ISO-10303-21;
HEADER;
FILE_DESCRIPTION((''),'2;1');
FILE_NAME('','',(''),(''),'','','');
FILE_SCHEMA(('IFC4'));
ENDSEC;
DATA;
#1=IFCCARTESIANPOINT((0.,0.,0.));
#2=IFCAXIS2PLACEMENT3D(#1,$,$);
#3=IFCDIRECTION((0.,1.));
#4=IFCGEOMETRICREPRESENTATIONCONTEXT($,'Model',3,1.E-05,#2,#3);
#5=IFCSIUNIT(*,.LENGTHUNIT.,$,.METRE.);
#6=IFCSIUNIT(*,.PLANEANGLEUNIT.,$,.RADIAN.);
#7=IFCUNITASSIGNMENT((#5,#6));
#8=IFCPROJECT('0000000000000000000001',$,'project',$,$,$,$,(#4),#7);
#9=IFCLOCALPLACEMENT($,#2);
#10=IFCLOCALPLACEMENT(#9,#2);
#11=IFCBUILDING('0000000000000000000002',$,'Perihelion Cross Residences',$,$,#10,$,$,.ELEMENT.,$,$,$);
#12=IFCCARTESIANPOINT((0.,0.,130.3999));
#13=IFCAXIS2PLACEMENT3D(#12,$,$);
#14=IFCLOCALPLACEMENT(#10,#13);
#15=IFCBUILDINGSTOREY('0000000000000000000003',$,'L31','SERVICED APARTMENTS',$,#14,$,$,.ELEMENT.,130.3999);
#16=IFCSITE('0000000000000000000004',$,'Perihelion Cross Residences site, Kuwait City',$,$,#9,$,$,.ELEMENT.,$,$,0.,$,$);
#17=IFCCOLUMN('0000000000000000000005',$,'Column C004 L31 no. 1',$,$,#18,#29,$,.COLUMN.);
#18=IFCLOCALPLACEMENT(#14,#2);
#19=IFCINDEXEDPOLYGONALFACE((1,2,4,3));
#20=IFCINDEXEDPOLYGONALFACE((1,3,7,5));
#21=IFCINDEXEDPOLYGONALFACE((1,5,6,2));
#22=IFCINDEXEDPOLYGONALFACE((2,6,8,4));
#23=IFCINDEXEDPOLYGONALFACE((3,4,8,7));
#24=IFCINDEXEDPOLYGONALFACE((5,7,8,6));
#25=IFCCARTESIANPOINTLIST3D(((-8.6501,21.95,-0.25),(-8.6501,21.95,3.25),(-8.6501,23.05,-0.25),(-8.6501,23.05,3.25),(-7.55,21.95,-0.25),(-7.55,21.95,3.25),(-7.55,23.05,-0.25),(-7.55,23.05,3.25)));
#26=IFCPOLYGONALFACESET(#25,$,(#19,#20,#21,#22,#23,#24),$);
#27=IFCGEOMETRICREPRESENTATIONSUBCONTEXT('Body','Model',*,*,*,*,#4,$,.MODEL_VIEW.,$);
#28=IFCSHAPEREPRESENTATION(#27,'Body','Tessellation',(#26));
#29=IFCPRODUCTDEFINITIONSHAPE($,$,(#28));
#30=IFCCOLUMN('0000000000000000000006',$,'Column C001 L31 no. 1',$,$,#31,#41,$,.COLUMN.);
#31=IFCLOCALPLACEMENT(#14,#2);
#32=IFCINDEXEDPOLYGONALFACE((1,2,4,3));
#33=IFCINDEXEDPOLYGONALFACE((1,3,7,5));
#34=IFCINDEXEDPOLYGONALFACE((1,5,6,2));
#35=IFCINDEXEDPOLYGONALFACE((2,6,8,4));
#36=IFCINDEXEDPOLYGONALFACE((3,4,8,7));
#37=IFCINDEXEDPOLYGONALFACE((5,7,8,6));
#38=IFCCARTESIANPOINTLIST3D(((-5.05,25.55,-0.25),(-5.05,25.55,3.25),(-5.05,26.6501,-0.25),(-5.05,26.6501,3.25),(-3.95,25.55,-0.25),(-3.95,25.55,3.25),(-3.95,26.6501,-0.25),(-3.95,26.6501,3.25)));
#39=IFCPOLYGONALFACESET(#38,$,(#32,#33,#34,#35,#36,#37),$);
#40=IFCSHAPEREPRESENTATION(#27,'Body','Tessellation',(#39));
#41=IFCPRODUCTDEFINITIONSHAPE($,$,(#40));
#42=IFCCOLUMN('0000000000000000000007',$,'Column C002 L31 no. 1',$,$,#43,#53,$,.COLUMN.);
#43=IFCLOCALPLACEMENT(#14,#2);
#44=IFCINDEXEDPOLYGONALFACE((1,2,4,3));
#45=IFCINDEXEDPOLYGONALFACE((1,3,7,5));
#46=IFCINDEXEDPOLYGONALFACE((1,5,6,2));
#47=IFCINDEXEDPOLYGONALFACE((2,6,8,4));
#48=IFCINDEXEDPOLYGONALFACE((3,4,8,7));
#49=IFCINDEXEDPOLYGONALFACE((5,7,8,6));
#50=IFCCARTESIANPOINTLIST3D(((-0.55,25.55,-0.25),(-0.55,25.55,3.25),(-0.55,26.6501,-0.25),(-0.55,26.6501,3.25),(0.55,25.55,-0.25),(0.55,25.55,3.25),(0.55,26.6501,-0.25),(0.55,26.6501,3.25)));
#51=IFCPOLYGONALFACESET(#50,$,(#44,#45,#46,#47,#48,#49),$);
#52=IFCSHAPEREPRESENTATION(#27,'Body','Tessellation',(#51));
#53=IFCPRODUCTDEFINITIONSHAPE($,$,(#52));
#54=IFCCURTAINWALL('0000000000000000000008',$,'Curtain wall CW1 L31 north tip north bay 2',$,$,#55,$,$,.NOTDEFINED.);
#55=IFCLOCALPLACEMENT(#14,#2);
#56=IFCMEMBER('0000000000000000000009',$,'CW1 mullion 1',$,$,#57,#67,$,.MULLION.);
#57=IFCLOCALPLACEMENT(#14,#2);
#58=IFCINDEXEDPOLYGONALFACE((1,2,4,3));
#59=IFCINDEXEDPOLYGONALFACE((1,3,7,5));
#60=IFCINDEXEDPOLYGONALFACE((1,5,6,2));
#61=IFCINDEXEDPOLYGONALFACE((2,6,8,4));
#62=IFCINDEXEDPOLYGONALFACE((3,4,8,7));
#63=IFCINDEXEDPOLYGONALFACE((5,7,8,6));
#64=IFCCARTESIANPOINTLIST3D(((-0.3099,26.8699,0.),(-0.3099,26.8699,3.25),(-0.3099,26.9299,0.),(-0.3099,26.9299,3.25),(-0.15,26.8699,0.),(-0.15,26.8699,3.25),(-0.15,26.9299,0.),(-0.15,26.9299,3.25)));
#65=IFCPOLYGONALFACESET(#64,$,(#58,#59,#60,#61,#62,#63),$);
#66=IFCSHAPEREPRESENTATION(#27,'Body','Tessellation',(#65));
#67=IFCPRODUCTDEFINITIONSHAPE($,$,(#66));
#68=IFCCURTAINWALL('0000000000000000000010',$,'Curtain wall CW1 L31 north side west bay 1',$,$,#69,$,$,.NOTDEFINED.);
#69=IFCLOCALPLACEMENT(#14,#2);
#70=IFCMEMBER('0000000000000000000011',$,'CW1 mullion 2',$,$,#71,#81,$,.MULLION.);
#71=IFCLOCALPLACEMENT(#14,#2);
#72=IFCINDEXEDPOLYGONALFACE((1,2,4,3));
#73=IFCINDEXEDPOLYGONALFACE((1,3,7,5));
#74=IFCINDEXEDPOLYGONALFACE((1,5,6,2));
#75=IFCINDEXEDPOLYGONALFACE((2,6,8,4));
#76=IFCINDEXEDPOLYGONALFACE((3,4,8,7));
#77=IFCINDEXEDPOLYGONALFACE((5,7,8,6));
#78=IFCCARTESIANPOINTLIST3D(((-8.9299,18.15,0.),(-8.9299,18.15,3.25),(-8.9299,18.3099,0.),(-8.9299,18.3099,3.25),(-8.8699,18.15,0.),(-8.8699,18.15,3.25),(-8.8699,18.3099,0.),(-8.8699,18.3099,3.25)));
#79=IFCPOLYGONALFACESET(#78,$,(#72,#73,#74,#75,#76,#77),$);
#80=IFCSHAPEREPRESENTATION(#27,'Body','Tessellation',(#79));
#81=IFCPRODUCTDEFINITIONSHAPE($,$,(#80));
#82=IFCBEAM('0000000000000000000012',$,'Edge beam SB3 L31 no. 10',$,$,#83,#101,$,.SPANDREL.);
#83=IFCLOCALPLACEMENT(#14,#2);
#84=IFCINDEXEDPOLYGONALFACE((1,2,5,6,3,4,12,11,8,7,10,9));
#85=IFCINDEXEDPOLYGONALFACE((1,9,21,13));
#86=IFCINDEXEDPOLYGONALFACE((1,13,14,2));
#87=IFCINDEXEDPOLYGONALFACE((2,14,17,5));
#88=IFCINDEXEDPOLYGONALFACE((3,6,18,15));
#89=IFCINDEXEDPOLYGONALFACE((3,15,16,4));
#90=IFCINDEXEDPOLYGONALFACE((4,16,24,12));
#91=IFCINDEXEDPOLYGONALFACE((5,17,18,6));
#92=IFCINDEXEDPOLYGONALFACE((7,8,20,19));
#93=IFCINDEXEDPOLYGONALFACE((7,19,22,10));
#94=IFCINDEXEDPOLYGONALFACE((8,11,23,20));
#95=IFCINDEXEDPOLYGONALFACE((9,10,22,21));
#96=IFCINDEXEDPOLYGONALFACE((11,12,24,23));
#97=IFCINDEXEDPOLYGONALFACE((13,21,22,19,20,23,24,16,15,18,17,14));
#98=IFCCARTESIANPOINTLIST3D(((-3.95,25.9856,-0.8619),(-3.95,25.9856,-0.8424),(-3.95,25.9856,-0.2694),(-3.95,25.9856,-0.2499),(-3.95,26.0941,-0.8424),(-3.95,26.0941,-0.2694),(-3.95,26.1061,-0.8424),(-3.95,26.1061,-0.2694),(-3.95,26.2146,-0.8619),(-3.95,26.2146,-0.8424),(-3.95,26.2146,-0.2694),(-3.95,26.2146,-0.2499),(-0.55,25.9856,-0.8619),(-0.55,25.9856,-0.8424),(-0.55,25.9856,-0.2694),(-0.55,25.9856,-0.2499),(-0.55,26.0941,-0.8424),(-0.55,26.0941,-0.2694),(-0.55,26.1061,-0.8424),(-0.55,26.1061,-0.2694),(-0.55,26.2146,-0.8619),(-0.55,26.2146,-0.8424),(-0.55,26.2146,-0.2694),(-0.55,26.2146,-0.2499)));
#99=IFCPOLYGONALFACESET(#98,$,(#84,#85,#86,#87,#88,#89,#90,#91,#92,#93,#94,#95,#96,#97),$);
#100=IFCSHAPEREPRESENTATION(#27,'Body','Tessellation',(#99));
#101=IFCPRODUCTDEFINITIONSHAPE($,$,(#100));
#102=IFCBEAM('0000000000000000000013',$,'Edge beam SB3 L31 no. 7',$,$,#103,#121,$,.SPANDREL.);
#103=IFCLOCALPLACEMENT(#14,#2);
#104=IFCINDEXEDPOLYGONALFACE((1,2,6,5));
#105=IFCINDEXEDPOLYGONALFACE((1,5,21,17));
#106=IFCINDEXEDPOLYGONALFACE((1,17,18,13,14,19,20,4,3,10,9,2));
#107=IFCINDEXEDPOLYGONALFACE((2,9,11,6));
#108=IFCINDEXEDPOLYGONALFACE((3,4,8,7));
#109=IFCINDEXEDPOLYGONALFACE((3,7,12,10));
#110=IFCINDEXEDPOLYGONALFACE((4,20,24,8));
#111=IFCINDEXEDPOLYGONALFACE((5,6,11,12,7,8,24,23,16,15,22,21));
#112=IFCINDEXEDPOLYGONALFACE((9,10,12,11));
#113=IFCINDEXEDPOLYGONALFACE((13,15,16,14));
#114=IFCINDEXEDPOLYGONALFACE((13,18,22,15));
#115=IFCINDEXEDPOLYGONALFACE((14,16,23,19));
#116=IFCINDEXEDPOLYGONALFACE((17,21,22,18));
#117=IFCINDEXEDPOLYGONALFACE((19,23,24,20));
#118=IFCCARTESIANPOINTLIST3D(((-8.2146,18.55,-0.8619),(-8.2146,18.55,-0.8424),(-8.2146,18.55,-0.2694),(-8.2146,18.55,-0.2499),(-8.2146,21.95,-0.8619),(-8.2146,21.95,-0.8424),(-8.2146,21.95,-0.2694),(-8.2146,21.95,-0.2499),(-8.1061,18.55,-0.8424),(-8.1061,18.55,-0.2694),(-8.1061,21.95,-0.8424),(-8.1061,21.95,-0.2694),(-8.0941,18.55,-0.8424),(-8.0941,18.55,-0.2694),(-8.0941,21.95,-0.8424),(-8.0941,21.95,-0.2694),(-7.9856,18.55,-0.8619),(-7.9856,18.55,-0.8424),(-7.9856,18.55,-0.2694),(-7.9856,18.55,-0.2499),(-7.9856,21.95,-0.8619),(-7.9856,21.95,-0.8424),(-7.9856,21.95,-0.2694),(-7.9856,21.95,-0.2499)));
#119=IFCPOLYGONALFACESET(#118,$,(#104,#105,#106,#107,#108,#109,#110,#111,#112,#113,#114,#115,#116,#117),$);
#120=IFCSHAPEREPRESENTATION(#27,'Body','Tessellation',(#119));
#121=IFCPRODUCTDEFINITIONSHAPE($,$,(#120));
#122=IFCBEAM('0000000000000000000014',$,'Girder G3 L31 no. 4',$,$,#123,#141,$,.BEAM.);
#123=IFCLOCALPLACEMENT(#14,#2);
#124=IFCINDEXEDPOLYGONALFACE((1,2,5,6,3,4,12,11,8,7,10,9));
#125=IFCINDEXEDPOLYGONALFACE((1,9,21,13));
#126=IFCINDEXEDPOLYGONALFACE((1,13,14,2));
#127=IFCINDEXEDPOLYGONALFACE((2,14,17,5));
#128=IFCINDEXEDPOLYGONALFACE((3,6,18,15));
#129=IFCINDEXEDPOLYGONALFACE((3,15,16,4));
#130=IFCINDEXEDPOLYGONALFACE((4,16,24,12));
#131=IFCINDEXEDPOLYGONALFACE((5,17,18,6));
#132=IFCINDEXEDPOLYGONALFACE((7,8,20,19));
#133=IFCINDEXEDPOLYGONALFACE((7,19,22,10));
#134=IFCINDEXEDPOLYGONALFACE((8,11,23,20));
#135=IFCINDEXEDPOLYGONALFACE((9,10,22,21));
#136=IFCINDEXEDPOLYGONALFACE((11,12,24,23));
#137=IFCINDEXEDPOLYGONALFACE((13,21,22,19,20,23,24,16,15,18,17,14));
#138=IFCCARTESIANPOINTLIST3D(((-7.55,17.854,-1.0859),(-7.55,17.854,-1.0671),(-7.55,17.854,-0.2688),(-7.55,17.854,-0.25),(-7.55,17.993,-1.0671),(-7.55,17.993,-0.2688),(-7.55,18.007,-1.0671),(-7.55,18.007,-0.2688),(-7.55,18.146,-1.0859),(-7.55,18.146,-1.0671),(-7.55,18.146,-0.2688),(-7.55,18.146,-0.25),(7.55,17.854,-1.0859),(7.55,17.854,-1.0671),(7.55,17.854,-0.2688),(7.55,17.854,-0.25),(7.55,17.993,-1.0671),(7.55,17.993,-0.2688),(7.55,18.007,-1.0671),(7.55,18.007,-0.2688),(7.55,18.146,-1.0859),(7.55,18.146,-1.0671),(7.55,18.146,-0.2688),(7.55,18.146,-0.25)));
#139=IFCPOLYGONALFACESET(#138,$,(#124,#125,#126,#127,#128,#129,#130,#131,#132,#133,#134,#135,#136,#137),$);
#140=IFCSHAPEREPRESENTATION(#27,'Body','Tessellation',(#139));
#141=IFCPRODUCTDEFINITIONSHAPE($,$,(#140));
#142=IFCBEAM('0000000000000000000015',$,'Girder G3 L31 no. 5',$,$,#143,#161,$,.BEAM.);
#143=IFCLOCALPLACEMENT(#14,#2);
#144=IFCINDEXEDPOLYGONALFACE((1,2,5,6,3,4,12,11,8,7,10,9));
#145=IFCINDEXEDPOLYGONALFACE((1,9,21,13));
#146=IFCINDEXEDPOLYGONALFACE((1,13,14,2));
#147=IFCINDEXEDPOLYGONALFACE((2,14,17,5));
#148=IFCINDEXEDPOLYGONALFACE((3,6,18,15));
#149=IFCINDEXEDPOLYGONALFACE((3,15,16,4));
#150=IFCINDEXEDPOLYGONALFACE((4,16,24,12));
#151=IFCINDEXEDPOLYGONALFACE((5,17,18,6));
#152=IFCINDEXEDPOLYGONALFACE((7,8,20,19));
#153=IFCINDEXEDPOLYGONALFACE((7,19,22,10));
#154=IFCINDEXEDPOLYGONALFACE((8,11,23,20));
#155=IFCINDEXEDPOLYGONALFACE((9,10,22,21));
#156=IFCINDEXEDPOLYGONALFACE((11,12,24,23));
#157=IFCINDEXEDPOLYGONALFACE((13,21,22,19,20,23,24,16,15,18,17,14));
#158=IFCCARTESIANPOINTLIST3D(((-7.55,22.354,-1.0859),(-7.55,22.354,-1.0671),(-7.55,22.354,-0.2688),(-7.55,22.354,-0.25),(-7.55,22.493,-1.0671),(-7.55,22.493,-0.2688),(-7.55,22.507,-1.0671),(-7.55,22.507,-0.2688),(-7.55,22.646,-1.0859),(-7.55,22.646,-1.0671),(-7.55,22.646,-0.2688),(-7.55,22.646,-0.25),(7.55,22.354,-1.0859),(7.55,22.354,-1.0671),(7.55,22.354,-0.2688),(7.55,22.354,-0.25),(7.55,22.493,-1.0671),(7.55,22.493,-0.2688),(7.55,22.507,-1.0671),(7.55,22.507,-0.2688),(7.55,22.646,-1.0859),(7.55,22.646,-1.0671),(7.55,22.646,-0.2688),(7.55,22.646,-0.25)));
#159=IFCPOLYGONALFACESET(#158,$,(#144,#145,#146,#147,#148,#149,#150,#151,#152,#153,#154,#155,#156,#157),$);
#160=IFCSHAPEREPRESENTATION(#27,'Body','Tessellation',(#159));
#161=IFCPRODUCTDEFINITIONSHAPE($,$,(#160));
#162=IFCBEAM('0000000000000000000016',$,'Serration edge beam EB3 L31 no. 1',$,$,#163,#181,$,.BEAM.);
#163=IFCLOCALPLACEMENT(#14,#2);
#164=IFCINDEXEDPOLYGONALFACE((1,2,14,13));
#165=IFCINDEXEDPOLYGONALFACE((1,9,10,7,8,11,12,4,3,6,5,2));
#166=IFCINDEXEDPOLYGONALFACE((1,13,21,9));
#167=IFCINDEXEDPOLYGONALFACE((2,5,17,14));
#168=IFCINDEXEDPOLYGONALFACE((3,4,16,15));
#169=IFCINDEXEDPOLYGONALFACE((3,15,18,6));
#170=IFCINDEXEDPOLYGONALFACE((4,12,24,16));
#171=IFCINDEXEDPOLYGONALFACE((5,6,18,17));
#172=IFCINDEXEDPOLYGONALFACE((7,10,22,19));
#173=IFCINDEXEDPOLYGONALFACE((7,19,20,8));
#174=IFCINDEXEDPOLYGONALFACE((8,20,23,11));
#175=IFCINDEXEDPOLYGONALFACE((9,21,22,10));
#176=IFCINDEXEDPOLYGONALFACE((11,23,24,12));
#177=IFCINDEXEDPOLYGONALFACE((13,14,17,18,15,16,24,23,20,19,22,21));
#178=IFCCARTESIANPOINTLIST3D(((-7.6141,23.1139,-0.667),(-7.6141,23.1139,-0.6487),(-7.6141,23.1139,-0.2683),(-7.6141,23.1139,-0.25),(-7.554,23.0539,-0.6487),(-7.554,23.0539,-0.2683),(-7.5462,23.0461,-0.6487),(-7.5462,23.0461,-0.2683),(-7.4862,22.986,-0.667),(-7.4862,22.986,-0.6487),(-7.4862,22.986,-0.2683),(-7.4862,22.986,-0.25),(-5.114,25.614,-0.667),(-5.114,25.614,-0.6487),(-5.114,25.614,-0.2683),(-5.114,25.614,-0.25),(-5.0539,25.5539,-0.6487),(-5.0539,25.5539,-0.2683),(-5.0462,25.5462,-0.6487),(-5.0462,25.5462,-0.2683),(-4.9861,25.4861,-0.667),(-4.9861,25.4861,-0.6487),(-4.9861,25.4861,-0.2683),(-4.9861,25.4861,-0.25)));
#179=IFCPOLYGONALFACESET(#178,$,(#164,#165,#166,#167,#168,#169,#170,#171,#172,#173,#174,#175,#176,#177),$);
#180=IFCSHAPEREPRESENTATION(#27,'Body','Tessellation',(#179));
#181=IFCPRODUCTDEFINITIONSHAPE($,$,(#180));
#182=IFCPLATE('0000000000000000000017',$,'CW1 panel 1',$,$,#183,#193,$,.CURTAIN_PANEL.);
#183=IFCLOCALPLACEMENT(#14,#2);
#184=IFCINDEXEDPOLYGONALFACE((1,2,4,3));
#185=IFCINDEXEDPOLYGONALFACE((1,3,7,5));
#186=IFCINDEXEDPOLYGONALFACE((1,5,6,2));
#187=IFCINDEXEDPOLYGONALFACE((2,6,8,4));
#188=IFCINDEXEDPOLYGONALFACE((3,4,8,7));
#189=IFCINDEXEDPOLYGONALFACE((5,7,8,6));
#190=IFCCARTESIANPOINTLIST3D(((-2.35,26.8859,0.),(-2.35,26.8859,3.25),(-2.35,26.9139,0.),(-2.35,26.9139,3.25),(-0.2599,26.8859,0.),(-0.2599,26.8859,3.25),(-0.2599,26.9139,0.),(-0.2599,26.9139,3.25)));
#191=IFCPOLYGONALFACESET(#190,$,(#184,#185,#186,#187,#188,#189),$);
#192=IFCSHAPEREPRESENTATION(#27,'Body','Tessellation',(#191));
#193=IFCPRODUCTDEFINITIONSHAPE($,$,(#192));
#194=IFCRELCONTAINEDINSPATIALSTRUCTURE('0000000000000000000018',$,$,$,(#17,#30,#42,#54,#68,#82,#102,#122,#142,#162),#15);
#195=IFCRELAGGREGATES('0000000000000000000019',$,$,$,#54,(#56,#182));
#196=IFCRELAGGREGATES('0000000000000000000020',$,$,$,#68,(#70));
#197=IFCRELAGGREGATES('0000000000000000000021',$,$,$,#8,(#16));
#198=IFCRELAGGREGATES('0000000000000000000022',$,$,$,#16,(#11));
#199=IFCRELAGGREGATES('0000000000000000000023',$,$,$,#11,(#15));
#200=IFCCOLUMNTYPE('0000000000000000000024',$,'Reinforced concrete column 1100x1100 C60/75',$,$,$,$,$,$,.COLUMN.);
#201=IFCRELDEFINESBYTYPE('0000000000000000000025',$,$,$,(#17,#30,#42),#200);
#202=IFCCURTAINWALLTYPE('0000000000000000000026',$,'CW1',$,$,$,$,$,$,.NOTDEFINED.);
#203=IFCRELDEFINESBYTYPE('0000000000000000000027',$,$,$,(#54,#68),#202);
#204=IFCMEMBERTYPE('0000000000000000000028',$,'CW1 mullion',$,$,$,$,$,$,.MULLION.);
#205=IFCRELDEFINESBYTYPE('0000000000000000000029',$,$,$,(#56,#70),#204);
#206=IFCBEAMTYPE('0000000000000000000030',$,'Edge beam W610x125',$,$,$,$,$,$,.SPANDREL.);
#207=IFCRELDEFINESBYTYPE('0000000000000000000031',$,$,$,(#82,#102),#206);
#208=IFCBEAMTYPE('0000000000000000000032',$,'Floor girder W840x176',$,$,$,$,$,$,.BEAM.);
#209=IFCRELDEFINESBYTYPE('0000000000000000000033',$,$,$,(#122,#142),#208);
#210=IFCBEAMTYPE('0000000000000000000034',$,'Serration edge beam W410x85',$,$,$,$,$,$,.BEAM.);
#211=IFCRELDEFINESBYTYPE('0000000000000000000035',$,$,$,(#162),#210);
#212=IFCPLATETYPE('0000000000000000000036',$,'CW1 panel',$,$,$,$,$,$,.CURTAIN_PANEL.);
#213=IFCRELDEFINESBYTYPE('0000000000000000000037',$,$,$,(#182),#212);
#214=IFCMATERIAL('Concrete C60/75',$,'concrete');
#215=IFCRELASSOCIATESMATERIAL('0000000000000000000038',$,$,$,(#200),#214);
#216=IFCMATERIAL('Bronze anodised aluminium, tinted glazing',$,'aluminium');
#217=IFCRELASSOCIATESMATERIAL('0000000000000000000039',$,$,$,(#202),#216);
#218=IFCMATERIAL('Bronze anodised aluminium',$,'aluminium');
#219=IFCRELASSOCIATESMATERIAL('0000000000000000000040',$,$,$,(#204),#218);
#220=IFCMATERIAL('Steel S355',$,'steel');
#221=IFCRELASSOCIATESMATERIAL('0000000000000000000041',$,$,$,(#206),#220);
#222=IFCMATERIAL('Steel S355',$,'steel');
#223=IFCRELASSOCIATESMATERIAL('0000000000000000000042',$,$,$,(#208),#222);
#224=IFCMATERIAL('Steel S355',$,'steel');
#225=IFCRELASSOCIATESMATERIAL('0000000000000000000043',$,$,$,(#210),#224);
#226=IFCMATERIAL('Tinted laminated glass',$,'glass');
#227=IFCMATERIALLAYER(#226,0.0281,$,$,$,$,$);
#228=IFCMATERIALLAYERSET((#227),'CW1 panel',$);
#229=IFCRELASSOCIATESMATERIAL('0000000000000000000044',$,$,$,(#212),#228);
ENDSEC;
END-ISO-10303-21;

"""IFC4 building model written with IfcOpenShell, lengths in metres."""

from ifc_helpers import new_model, si_unit, direction, frame, origin, origin_2d, place, context, subcontext, project, spatial, rectangle, i_section, extrude, material, layer, layer_set, material_profile, profile_set, type_object, element, aggregate, save


model = new_model("IFC4")

# Units and contexts
model_context = context("Model", 3, precision=1e-05, world=origin(), true_north=direction((0.0, 1.0)))
body_context = subcontext(model_context, "Body", "Model", "MODEL_VIEW")
ifc_project = project(units=[si_unit("LENGTHUNIT", "METRE"), si_unit("PLANEANGLEUNIT", "RADIAN")], contexts=[model_context])

# Site, building, storey
site_placement = place(None, origin())
site = spatial("IfcSite", under=ifc_project, at=site_placement, Name="Perihelion Cross Residences site, Kuwait City", CompositionType="ELEMENT", RefElevation=0.0)
building_placement = place(site_placement, origin())
building = spatial("IfcBuilding", under=site, at=building_placement, Name="Perihelion Cross Residences", CompositionType="ELEMENT")
storey_placement = place(building_placement, frame((0.0, 0.0, 130.3999)))
storey = spatial("IfcBuildingStorey", under=building, at=storey_placement, Name="L31", Description="SERVICED APARTMENTS", CompositionType="ELEMENT", Elevation=130.3999)

# Columns
ifc_material_1 = material(Name="Concrete C60/75", Category="concrete")
ifc_material_profile_1 = material_profile(ifc_material_1, rectangle(XDim=1.1001, YDim=1.1001, at=origin_2d()), Name="RC 1100x1100")
ifc_profile_set_1 = profile_set([ifc_material_profile_1], Name="Concrete C60/75")
column_type = type_object("IfcColumnType", Name="Reinforced concrete column 1100x1100 C60/75", PredefinedType="COLUMN", material=ifc_profile_set_1)
for number, where, z_axis, x_axis, name in (
    (1, (-8.1001, 22.5, -0.25), (0.0, 0.0, 1.0), (1.0, 0.0, 0.0), "Column C004 L31 no. 1"),
    (2, (-4.5, 26.1001, -0.25), (0.0, 0.0, 1.0), (1.0, 0.0, 0.0), "Column C001 L31 no. 1"),
    (3, (0.0, 26.1001, -0.25), (0.0, 0.0, 1.0), (1.0, 0.0, 0.0), "Column C002 L31 no. 1"),
):
    element("IfcColumn", number, at=place(storey_placement, frame(where, z_axis=z_axis, x_axis=x_axis)), inside=storey, type_object=column_type, Name=name, PredefinedType="COLUMN", context=body_context, shape_type="SweptSolid", body=[
        extrude(rectangle(XDim=1.1001, YDim=1.1001, at=origin_2d()), origin(), (0.0, 0.0, 1.0), 3.5),
    ])

# Curtain walls, members
ifc_material_2 = material(Name="Bronze anodised aluminium, tinted glazing", Category="aluminium")
curtain_wall_type = type_object("IfcCurtainWallType", Name="CW1", PredefinedType="NOTDEFINED", material=ifc_material_2)
curtain_wall_1_placement = place(storey_placement, origin())
curtain_wall_1 = element("IfcCurtainWall", 4, at=curtain_wall_1_placement, inside=storey, type_object=curtain_wall_type, Name="Curtain wall CW1 L31 north tip north bay 2", PredefinedType="NOTDEFINED")
ifc_material_3 = material(Name="Bronze anodised aluminium", Category="aluminium")
ifc_material_profile_2 = material_profile(ifc_material_3, rectangle(XDim=0.0601, YDim=0.1599, at=origin_2d()), Name="CW1 mullion")
ifc_profile_set_2 = profile_set([ifc_material_profile_2], Name="Bronze anodised aluminium")
member_type = type_object("IfcMemberType", Name="CW1 mullion", PredefinedType="MULLION", material=ifc_profile_set_2)
member_1_placement = place(storey_placement, frame((-0.23, 26.8999, 0.0), z_axis=(0.0, 0.0, 1.0), x_axis=(0.0, -1.0, 0.0)))
member_1 = element("IfcMember", 5, at=member_1_placement, type_object=member_type, Name="CW1 mullion 1", PredefinedType="MULLION", context=body_context, shape_type="SweptSolid", body=[
    extrude(rectangle(XDim=0.0601, YDim=0.1599, at=origin_2d()), origin(), (0.0, 0.0, 1.0), 3.25),
])
curtain_wall_2_placement = place(storey_placement, origin())
curtain_wall_2 = element("IfcCurtainWall", 6, at=curtain_wall_2_placement, inside=storey, type_object=curtain_wall_type, Name="Curtain wall CW1 L31 north side west bay 1", PredefinedType="NOTDEFINED")
member_2_placement = place(storey_placement, frame((-8.8999, 18.23, 0.0), z_axis=(0.0, 0.0, 1.0), x_axis=(1.0, 0.0, 0.0)))
member_2 = element("IfcMember", 7, at=member_2_placement, type_object=member_type, Name="CW1 mullion 2", PredefinedType="MULLION", context=body_context, shape_type="SweptSolid", body=[
    extrude(rectangle(XDim=0.0601, YDim=0.1599, at=origin_2d()), origin(), (0.0, 0.0, 1.0), 3.25),
])

# Beams
ifc_material_4 = material(Name="Steel S355", Category="steel")
ifc_material_profile_3 = material_profile(ifc_material_4, i_section(OverallWidth=0.229, OverallDepth=0.6121, WebThickness=0.012, FlangeThickness=0.0195, at=origin_2d()), Name="W610x125")
ifc_profile_set_3 = profile_set([ifc_material_profile_3], Name="Steel S355")
beam_type_1 = type_object("IfcBeamType", Name="Edge beam W610x125", PredefinedType="SPANDREL", material=ifc_profile_set_3)
for number, where, z_axis, x_axis, name in (
    (8, (-0.55, 26.1001, -0.5559), (-1.0, 0.0, 0.0), (0.0, -1.0, 0.0), "Edge beam SB3 L31 no. 10"),
    (9, (-8.1001, 21.95, -0.5559), (0.0, -1.0, 0.0), (1.0, 0.0, 0.0), "Edge beam SB3 L31 no. 7"),
):
    element("IfcBeam", number, at=place(storey_placement, frame(where, z_axis=z_axis, x_axis=x_axis)), inside=storey, type_object=beam_type_1, Name=name, PredefinedType="SPANDREL", context=body_context, shape_type="SweptSolid", body=[
        extrude(i_section(OverallWidth=0.229, OverallDepth=0.6121, WebThickness=0.012, FlangeThickness=0.0195, at=origin_2d()), origin(), (0.0, 0.0, 1.0), 3.3999),
    ])
ifc_material_5 = material(Name="Steel S355", Category="steel")
ifc_material_profile_4 = material_profile(ifc_material_5, i_section(OverallWidth=0.292, OverallDepth=0.8359, WebThickness=0.0139, FlangeThickness=0.0188, at=origin_2d()), Name="W840x176")
ifc_profile_set_4 = profile_set([ifc_material_profile_4], Name="Steel S355")
beam_type_2 = type_object("IfcBeamType", Name="Floor girder W840x176", PredefinedType="BEAM", material=ifc_profile_set_4)
for number, where, z_axis, x_axis, name in (
    (10, (-7.55, 18.0, -0.668), (1.0, 0.0, 0.0), (0.0, 1.0, 0.0), "Girder G3 L31 no. 4"),
    (11, (-7.55, 22.5, -0.668), (1.0, 0.0, 0.0), (0.0, 1.0, 0.0), "Girder G3 L31 no. 5"),
):
    element("IfcBeam", number, at=place(storey_placement, frame(where, z_axis=z_axis, x_axis=x_axis)), inside=storey, type_object=beam_type_2, Name=name, PredefinedType="BEAM", context=body_context, shape_type="SweptSolid", body=[
        extrude(i_section(OverallWidth=0.292, OverallDepth=0.8359, WebThickness=0.0139, FlangeThickness=0.0188, at=origin_2d()), origin(), (0.0, 0.0, 1.0), 15.1001),
    ])
ifc_material_6 = material(Name="Steel S355", Category="steel")
ifc_material_profile_5 = material_profile(ifc_material_6, i_section(OverallWidth=0.1809, OverallDepth=0.417, WebThickness=0.011, FlangeThickness=0.0183, at=origin_2d()), Name="W410x85")
ifc_profile_set_5 = profile_set([ifc_material_profile_5], Name="Steel S355")
beam_type_3 = type_object("IfcBeamType", Name="Serration edge beam W410x85", PredefinedType="BEAM", material=ifc_profile_set_5)
beam_placement = place(storey_placement, frame((-5.05, 25.55, -0.4585), z_axis=(-0.707107, -0.707107, 0.0), x_axis=(0.707107, -0.707107, 0.0)))
element("IfcBeam", 12, at=beam_placement, inside=storey, type_object=beam_type_3, Name="Serration edge beam EB3 L31 no. 1", PredefinedType="BEAM", context=body_context, shape_type="SweptSolid", body=[
    extrude(i_section(OverallWidth=0.1809, OverallDepth=0.417, WebThickness=0.011, FlangeThickness=0.0183, at=origin_2d()), origin(), (0.0, 0.0, 1.0), 3.5356),
])

# Plate
ifc_material_7 = material(Name="Tinted laminated glass", Category="glass")
ifc_layer_1 = layer(ifc_material_7, 0.0281)
ifc_layer_set_1 = layer_set([ifc_layer_1], Name="CW1 panel")
plate_type = type_object("IfcPlateType", Name="CW1 panel", PredefinedType="CURTAIN_PANEL", material=ifc_layer_set_1)
plate_1_placement = place(storey_placement, frame((-1.3049, 26.8999, 0.0), z_axis=(0.0, 0.0, 1.0), x_axis=(-1.0, 0.0, 0.0)))
plate_1 = element("IfcPlate", 13, at=plate_1_placement, type_object=plate_type, Name="CW1 panel 1", PredefinedType="CURTAIN_PANEL", context=body_context, shape_type="SweptSolid", body=[
    extrude(rectangle(XDim=2.0901, YDim=0.0281, at=origin_2d()), origin(), (0.0, 0.0, 1.0), 3.25),
])
aggregate(curtain_wall_1, [member_1, plate_1])
aggregate(curtain_wall_2, [member_2])

save(model, "model.ifc")
